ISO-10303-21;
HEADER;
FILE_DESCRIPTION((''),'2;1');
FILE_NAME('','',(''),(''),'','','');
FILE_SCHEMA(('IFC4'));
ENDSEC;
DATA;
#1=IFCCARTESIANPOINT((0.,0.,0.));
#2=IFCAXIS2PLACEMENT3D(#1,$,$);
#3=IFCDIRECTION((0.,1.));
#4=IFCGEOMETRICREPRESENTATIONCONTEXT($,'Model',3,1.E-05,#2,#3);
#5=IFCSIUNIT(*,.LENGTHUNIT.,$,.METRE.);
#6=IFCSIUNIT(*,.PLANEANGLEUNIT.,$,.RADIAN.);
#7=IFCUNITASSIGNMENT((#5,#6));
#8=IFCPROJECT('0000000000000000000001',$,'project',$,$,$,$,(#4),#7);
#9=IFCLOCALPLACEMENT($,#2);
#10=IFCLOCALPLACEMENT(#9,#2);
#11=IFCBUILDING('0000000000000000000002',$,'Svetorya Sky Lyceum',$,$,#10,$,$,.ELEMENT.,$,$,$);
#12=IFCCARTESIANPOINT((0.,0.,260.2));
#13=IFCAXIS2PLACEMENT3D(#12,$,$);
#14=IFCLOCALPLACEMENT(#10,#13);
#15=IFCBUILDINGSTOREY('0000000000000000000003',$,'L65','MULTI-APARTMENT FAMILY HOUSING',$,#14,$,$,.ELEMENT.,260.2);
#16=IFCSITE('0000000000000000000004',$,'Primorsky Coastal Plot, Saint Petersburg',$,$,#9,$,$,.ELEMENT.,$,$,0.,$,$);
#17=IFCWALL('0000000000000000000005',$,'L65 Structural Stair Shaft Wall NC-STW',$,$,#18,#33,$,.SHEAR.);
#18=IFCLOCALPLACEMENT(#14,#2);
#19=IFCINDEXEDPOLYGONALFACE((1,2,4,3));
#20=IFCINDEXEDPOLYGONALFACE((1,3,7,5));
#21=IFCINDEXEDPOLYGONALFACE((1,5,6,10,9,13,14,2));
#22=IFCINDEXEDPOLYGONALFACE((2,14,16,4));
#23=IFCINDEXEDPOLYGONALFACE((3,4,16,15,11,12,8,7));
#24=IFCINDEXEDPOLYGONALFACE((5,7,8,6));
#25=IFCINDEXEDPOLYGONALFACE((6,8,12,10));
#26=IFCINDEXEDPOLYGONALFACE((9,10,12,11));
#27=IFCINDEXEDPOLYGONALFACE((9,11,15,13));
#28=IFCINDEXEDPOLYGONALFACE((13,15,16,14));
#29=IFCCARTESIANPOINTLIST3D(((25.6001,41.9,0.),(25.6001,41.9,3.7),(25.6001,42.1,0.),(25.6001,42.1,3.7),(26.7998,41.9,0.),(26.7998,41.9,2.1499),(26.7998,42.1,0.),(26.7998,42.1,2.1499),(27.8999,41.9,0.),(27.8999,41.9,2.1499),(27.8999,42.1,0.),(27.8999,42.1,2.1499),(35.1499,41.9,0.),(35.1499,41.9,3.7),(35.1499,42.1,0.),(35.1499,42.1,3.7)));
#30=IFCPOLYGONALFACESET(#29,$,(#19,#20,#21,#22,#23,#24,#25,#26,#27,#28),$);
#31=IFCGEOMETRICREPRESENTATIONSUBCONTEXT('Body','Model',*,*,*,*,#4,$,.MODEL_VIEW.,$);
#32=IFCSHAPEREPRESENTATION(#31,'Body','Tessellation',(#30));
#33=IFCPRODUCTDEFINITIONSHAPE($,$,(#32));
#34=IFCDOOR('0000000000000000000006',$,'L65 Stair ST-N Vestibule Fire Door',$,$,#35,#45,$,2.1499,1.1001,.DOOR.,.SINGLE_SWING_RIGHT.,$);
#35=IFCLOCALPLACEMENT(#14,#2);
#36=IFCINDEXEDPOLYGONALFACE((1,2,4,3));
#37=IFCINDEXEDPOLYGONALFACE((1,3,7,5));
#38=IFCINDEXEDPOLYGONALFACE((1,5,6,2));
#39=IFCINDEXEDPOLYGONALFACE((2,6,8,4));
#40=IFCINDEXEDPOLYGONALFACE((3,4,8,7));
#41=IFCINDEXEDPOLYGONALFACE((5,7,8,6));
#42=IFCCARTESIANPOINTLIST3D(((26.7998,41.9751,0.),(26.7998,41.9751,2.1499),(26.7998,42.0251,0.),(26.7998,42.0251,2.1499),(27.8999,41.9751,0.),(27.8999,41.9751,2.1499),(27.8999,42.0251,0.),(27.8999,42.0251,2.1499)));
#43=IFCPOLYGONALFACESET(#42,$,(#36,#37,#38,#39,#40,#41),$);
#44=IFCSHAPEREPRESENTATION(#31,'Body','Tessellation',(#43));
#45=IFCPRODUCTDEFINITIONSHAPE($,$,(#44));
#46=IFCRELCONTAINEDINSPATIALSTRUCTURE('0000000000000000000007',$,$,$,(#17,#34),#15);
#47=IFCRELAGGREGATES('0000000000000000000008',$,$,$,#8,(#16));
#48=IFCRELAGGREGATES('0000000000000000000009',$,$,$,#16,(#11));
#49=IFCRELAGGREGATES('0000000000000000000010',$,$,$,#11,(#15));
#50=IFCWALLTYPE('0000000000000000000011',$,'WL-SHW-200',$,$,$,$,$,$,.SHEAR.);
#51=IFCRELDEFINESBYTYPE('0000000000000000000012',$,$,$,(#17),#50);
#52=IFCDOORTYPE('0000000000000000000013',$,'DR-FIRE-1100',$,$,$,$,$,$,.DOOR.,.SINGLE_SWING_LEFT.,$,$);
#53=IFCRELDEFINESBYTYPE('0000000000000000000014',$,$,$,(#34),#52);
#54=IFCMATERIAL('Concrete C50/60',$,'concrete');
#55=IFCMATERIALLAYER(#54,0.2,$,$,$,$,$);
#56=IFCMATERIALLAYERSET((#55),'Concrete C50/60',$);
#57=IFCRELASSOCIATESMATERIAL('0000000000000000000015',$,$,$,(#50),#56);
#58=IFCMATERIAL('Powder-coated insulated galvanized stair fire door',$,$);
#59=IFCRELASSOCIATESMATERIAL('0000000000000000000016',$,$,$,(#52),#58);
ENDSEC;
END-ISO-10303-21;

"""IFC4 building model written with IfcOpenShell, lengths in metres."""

from ifc_helpers import new_model, si_unit, direction, frame, frame_2d, origin, place, context, subcontext, project, spatial, rectangle, extrude, material, layer, layer_set, type_object, element, fill, save


model = new_model("IFC4")

# Units and contexts
model_context = context("Model", 3, precision=1e-05, world=origin(), true_north=direction((0.0, 1.0)))
body_context = subcontext(model_context, "Body", "Model", "MODEL_VIEW")
ifc_project = project(units=[si_unit("LENGTHUNIT", "METRE"), si_unit("PLANEANGLEUNIT", "RADIAN")], contexts=[model_context])

# Site, building, storey
site_placement = place(None, origin())
site = spatial("IfcSite", under=ifc_project, at=site_placement, Name="Primorsky Coastal Plot, Saint Petersburg", CompositionType="ELEMENT", RefElevation=0.0)
building_placement = place(site_placement, origin())
building = spatial("IfcBuilding", under=site, at=building_placement, Name="Svetorya Sky Lyceum", CompositionType="ELEMENT")
storey_placement = place(building_placement, frame((0.0, 0.0, 260.2)))
storey = spatial("IfcBuildingStorey", under=building, at=storey_placement, Name="L65", Description="MULTI-APARTMENT FAMILY HOUSING", CompositionType="ELEMENT", Elevation=260.2)

# Wall, opening, door
ifc_material_1 = material(Name="Concrete C50/60", Category="concrete")
ifc_layer_1 = layer(ifc_material_1, 0.2)
ifc_layer_set_1 = layer_set([ifc_layer_1], Name="Concrete C50/60")
wall_type_1 = type_object("IfcWallType", Name="WL-SHW-200", PredefinedType="SHEAR", material=ifc_layer_set_1)
wall_1_placement = place(storey_placement, frame((35.1499, 42.0, 0.0), z_axis=(0.0, 0.0, 1.0), x_axis=(-1.0, 0.0, 0.0)))
wall_1 = element("IfcWall", 1, at=wall_1_placement, inside=storey, type_object=wall_type_1, Name="L65 Structural Stair Shaft Wall NC-STW", PredefinedType="SHEAR", context=body_context, shape_type="SweptSolid", body=[
    extrude(rectangle(XDim=9.5498, YDim=0.2, at=frame_2d((4.7749, 0.0))), origin(), (0.0, 0.0, 1.0), 3.7),
])
opening_1_placement = place(wall_1_placement, frame((7.25, 0.0, 0.0)))
opening_1 = element("IfcOpeningElement", 2, at=opening_1_placement, cuts=wall_1, PredefinedType="OPENING", context=body_context, shape_type="SweptSolid", body=[
    extrude(rectangle(XDim=1.1001, YDim=2.1499, at=frame_2d((0.55, 1.075))), frame((0.0, 0.1099, 0.0), z_axis=(0.0, -1.0, 0.0), x_axis=(1.0, 0.0, 0.0)), (0.0, 0.0, 1.0), 0.22),
])
ifc_material_2 = material(Name="Powder-coated insulated galvanized stair fire door")
door_type_1 = type_object("IfcDoorType", Name="DR-FIRE-1100", OperationType="SINGLE_SWING_LEFT", PredefinedType="DOOR", material=ifc_material_2)
door_1_placement = place(opening_1_placement, origin())
door_1 = element("IfcDoor", 3, at=door_1_placement, inside=storey, type_object=door_type_1, Name="L65 Stair ST-N Vestibule Fire Door", OperationType="SINGLE_SWING_RIGHT", OverallHeight=2.1499, OverallWidth=1.1001, PredefinedType="DOOR", context=body_context, shape_type="SweptSolid", body=[
    extrude(rectangle(XDim=1.1001, YDim=2.1499, at=frame_2d((0.55, 1.075))), frame((0.0, 0.0249, 0.0), z_axis=(0.0, -1.0, 0.0), x_axis=(1.0, 0.0, 0.0)), (0.0, 0.0, 1.0), 0.05),
])
fill(opening_1, door_1)

save(model, "model.ifc")
